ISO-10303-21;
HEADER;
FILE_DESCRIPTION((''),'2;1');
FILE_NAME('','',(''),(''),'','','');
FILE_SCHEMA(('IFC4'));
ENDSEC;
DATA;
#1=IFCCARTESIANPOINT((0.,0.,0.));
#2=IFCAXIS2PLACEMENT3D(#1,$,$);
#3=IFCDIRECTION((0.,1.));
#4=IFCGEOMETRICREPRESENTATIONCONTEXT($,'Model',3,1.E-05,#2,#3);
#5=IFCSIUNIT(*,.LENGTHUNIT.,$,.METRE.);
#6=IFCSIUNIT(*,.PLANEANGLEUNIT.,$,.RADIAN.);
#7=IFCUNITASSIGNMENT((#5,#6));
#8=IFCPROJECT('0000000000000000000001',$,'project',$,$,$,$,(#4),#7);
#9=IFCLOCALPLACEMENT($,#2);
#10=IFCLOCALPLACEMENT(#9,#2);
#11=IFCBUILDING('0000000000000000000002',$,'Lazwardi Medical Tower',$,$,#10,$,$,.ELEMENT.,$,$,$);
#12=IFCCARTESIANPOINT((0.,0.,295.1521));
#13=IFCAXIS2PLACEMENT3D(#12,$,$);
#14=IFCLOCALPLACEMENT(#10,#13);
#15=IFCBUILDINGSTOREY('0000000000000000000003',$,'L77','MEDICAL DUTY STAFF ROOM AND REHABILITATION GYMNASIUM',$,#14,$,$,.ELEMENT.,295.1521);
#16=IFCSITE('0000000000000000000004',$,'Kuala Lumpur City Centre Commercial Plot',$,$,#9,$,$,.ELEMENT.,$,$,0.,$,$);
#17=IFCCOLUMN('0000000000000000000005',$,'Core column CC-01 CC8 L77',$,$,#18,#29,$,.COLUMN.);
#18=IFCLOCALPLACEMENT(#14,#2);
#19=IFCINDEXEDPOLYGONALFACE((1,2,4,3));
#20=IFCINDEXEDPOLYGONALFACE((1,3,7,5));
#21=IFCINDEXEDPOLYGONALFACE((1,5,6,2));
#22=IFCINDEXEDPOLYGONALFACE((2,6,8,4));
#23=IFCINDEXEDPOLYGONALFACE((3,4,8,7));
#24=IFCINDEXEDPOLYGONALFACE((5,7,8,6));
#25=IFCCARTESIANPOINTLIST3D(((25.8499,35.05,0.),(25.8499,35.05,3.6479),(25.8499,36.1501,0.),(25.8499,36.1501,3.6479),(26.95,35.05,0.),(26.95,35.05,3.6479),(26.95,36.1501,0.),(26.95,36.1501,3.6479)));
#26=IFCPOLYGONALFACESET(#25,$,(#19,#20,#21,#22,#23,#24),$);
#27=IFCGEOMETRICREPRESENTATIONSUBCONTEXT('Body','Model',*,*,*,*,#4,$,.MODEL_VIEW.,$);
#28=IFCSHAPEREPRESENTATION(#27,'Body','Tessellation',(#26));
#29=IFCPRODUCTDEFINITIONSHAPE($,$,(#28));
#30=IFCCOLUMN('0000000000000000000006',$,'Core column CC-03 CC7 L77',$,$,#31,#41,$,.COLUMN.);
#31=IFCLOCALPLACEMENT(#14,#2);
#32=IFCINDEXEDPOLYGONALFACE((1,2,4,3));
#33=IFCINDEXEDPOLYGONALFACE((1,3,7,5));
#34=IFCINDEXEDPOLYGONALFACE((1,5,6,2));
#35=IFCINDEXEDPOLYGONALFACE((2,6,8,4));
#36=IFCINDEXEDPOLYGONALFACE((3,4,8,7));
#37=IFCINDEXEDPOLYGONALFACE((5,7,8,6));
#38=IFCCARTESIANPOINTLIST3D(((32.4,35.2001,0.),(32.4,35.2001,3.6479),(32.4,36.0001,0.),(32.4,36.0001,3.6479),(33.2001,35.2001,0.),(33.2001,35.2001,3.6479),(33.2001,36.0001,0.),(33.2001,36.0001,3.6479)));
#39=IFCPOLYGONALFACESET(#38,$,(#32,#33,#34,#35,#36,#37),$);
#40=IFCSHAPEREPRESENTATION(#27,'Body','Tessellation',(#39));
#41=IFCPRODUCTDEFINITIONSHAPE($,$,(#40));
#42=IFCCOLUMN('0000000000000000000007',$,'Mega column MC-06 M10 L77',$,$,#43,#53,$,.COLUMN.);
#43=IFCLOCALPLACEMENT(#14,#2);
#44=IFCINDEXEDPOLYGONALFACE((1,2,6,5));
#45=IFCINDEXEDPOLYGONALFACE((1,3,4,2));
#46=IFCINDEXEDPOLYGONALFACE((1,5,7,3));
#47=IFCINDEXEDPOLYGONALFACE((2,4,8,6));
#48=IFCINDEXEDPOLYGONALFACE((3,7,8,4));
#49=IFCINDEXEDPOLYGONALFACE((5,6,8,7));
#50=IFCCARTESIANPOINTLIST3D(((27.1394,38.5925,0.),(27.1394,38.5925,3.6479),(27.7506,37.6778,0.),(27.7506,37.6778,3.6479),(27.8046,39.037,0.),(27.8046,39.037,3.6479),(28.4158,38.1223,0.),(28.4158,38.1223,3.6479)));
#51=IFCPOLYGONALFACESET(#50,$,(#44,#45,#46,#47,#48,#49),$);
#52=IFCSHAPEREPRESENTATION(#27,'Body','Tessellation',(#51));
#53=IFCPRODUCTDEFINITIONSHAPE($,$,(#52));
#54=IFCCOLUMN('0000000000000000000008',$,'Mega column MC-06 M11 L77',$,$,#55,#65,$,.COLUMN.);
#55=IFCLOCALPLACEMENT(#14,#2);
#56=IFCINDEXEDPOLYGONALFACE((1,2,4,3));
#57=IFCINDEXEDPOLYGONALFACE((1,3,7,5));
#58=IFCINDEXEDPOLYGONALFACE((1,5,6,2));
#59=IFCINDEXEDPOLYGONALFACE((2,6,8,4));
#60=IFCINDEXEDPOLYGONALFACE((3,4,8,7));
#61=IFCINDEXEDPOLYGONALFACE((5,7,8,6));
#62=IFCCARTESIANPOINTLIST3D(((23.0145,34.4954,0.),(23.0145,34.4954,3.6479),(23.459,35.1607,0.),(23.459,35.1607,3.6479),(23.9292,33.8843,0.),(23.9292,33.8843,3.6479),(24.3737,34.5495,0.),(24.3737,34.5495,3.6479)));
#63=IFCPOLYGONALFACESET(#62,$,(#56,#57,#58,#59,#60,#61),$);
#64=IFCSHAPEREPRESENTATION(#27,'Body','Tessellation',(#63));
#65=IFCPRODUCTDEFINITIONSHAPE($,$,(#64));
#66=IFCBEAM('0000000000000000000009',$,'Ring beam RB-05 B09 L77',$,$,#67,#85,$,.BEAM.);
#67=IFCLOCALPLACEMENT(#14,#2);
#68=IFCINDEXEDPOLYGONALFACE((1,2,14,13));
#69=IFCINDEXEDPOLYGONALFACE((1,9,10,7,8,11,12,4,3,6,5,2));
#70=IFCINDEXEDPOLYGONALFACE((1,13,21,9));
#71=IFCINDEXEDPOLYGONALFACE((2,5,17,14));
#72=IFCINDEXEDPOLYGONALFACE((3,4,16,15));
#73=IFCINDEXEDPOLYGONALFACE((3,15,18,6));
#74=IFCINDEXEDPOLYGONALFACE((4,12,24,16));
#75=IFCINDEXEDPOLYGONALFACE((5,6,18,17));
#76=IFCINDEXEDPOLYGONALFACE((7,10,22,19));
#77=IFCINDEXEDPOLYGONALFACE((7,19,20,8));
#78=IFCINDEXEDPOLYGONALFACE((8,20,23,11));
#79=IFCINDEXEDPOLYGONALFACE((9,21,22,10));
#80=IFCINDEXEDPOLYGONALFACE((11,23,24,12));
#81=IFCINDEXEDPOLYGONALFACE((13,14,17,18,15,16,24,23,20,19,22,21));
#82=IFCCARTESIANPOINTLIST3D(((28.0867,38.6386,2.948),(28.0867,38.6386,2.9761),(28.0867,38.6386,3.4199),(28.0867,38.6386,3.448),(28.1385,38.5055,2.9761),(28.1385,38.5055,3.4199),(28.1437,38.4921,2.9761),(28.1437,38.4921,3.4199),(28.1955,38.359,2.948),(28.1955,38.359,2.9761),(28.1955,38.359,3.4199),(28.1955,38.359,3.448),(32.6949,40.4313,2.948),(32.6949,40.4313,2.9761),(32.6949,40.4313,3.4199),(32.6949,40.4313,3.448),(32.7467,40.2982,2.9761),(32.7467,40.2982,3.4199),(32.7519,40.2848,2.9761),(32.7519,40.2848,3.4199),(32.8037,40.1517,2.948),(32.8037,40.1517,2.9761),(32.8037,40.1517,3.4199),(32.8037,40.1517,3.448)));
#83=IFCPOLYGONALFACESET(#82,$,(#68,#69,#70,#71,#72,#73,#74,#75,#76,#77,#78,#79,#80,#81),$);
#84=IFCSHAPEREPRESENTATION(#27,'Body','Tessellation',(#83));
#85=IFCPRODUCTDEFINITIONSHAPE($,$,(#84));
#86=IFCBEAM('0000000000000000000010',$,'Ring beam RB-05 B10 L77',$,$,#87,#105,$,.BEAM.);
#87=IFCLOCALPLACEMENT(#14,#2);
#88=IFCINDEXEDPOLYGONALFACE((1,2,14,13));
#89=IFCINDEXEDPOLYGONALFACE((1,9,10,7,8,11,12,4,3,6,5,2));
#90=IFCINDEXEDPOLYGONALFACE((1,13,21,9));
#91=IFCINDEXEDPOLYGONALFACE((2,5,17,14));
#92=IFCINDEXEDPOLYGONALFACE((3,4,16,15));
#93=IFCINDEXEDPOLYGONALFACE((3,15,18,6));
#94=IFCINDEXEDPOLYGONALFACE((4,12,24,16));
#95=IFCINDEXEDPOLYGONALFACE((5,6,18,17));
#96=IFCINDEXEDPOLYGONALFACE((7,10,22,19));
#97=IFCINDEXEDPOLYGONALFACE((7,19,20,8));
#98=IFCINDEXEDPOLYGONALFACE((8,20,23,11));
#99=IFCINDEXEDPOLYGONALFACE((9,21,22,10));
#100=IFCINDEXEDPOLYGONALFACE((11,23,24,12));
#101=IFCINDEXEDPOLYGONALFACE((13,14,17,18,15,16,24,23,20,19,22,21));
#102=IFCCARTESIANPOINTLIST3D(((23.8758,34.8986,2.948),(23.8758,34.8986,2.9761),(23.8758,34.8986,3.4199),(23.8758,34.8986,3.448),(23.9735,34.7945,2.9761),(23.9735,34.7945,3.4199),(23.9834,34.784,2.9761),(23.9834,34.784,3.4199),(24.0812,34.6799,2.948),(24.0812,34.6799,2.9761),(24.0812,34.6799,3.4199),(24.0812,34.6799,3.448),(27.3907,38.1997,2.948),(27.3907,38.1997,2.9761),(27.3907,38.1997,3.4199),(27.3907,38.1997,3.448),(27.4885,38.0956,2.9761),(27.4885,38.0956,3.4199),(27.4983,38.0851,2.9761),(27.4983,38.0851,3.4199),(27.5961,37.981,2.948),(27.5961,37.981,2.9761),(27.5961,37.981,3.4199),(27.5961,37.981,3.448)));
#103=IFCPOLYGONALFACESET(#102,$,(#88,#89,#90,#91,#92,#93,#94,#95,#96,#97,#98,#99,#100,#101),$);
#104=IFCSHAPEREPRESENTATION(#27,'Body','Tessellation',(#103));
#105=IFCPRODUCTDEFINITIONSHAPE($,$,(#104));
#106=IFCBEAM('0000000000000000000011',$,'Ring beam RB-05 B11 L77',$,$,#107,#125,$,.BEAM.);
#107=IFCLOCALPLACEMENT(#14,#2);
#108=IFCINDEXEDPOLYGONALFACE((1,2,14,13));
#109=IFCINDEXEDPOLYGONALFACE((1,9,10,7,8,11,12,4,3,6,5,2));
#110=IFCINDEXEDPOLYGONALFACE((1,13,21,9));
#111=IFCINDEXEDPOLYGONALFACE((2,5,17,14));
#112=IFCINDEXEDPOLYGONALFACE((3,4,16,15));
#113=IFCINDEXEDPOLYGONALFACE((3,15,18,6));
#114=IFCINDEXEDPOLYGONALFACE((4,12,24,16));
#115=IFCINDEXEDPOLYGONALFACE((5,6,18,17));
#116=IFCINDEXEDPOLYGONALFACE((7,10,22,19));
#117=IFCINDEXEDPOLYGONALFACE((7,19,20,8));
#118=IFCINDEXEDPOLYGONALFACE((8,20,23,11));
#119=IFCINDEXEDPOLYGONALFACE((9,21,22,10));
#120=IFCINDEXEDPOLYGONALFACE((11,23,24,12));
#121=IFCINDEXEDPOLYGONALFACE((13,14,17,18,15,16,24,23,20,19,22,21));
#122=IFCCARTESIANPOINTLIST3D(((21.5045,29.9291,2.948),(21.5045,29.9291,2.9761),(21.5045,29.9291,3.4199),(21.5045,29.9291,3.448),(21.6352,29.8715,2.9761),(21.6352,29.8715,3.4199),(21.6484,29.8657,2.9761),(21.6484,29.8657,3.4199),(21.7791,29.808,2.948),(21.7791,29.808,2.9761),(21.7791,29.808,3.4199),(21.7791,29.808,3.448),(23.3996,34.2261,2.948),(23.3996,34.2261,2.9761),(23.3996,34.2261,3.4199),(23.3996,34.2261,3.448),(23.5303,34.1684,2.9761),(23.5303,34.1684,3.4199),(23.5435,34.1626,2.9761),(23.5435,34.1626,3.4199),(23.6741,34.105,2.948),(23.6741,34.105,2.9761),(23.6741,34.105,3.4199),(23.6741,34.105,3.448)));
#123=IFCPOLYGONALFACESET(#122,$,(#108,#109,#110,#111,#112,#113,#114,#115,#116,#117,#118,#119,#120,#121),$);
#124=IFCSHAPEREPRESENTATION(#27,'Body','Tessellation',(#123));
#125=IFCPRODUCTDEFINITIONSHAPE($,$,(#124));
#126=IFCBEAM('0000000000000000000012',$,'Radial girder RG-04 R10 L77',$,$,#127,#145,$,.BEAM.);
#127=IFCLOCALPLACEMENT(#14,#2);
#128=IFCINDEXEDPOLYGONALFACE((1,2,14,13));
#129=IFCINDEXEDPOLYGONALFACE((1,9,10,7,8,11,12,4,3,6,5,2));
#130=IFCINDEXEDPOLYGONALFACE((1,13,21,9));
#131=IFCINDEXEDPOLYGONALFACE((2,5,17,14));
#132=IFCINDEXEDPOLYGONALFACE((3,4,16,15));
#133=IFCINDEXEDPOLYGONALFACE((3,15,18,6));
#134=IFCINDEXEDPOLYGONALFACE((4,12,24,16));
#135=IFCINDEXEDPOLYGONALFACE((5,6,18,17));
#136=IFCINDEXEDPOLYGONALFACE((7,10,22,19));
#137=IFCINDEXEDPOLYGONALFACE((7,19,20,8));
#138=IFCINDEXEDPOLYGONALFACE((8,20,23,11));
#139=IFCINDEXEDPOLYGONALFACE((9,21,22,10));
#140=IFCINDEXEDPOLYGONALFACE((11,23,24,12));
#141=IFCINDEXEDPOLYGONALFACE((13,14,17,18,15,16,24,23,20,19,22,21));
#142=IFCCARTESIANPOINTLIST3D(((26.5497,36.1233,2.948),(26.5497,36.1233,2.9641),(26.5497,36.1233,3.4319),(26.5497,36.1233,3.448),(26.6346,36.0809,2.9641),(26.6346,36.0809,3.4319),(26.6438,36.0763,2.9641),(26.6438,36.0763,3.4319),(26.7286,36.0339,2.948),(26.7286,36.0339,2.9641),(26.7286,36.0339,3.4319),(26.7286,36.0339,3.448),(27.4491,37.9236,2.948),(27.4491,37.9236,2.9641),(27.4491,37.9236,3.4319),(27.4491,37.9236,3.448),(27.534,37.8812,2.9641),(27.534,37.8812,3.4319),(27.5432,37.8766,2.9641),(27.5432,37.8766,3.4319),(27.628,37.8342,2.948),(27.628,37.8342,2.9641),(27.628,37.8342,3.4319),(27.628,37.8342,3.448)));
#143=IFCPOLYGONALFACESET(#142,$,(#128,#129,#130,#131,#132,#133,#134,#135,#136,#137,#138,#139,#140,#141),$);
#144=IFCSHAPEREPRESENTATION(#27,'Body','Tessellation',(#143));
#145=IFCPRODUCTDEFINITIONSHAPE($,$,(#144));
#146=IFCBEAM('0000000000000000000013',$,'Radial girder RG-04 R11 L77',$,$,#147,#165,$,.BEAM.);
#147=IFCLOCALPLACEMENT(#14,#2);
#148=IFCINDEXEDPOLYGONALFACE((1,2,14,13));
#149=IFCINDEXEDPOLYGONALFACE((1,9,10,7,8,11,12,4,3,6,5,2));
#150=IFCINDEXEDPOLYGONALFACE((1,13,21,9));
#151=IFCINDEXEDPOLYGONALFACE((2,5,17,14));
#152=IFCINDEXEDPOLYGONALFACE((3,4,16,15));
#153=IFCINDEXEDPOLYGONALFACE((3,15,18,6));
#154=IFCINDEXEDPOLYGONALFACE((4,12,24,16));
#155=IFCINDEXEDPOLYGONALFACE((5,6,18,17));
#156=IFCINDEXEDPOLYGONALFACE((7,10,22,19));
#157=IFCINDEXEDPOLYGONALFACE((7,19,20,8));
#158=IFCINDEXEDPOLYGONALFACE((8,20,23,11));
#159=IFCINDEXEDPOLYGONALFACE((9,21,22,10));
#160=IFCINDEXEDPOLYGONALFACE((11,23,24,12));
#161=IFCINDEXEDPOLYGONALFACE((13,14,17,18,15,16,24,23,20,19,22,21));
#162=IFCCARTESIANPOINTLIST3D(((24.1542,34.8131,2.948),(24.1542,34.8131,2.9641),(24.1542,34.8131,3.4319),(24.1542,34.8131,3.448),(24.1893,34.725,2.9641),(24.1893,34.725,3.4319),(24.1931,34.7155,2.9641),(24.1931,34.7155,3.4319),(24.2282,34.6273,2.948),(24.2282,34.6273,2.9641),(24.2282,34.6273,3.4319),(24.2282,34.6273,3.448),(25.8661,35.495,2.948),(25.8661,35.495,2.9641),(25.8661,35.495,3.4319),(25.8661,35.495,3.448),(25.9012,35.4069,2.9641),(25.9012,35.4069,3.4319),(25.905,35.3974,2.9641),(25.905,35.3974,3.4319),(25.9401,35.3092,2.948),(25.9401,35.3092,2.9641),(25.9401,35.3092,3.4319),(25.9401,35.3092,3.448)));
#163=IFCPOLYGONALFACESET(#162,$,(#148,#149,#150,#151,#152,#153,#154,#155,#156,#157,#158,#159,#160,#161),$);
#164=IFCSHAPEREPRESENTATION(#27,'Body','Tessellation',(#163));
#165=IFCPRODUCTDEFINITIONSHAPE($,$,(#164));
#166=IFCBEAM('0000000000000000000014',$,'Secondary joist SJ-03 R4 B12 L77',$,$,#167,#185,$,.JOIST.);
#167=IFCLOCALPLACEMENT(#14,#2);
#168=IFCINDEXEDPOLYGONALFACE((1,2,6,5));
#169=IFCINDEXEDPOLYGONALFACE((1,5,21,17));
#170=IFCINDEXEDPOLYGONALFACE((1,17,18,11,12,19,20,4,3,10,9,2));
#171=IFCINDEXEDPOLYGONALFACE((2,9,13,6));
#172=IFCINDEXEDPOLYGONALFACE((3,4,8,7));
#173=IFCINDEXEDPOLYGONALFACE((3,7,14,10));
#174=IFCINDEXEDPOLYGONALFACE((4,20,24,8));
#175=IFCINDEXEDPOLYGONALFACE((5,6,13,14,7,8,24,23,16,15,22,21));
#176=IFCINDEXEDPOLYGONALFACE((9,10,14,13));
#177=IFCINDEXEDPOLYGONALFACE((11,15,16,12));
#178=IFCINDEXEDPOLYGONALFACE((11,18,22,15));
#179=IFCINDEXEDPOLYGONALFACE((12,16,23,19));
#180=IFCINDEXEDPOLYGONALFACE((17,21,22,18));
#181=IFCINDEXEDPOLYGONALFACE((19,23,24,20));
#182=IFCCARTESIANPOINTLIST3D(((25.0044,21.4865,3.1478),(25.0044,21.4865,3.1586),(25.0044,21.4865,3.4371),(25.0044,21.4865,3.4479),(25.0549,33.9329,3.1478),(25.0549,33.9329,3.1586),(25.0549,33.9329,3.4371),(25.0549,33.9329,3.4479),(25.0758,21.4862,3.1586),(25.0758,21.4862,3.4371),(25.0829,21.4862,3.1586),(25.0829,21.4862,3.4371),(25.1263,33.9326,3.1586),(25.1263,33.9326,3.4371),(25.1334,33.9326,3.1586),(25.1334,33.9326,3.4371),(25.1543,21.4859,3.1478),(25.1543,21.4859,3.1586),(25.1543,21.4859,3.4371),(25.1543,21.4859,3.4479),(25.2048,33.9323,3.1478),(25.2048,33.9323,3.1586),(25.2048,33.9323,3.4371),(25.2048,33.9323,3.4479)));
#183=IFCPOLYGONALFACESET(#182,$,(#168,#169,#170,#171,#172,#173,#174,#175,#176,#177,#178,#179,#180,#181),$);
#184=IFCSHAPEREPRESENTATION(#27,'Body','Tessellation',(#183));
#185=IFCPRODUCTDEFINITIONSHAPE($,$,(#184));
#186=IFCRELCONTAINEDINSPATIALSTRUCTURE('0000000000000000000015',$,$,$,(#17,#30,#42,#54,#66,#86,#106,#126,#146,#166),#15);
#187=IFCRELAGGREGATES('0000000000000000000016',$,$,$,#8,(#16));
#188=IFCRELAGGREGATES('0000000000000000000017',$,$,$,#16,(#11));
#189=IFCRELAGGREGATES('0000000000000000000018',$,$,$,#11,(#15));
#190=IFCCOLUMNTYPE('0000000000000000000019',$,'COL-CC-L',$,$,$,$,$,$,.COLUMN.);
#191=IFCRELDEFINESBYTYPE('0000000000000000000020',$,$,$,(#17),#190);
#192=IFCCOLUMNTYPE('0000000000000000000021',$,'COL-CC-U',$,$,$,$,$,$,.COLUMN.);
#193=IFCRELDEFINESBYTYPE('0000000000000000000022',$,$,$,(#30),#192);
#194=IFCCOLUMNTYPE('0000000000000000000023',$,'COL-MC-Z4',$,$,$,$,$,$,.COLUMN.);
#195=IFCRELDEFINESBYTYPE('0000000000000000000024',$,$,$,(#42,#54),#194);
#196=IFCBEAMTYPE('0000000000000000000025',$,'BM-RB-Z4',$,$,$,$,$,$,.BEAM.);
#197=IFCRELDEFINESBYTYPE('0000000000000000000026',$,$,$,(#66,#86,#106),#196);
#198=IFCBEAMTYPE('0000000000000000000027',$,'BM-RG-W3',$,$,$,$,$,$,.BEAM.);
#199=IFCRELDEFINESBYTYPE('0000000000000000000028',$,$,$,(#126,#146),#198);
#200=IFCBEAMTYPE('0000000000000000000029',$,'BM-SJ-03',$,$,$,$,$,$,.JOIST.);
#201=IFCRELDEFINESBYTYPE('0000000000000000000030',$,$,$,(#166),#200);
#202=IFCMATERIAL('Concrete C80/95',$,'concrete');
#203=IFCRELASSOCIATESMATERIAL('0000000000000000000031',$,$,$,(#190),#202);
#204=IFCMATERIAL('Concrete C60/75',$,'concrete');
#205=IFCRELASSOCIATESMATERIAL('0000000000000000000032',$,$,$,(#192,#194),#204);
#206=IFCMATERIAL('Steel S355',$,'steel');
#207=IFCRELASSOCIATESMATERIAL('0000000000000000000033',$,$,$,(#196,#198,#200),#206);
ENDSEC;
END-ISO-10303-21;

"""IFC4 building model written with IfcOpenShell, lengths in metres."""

from ifc_helpers import new_model, si_unit, direction, frame, origin, origin_2d, place, context, subcontext, project, spatial, rectangle, i_section, extrude, material, material_profile, profile_set, type_object, element, save


model = new_model("IFC4")

# Units and contexts
model_context = context("Model", 3, precision=1e-05, world=origin(), true_north=direction((0.0, 1.0)))
body_context = subcontext(model_context, "Body", "Model", "MODEL_VIEW")
ifc_project = project(units=[si_unit("LENGTHUNIT", "METRE"), si_unit("PLANEANGLEUNIT", "RADIAN")], contexts=[model_context])

# Site, building, storey
site_placement = place(None, origin())
site = spatial("IfcSite", under=ifc_project, at=site_placement, Name="Kuala Lumpur City Centre Commercial Plot", CompositionType="ELEMENT", RefElevation=0.0)
building_placement = place(site_placement, origin())
building = spatial("IfcBuilding", under=site, at=building_placement, Name="Lazwardi Medical Tower", CompositionType="ELEMENT")
storey_placement = place(building_placement, frame((0.0, 0.0, 295.1521)))
storey = spatial("IfcBuildingStorey", under=building, at=storey_placement, Name="L77", Description="MEDICAL DUTY STAFF ROOM AND REHABILITATION GYMNASIUM", CompositionType="ELEMENT", Elevation=295.1521)

# Columns
ifc_material_1 = material(Name="Concrete C80/95", Category="concrete")
ifc_material_profile_1 = material_profile(ifc_material_1, rectangle(XDim=1.1001, YDim=1.1001, at=origin_2d()), Name="RC 1100x1100")
ifc_profile_set_1 = profile_set([ifc_material_profile_1], Name="Concrete C80/95")
column_type_1 = type_object("IfcColumnType", Name="COL-CC-L", PredefinedType="COLUMN", material=ifc_profile_set_1)
column_1_placement = place(storey_placement, frame((26.3999, 35.6001, 0.0), z_axis=(0.0, 0.0, 1.0), x_axis=(1.0, 0.0, 0.0)))
element("IfcColumn", 1, at=column_1_placement, inside=storey, type_object=column_type_1, Name="Core column CC-01 CC8 L77", PredefinedType="COLUMN", context=body_context, shape_type="SweptSolid", body=[
    extrude(rectangle(XDim=1.1001, YDim=1.1001, at=origin_2d()), origin(), (0.0, 0.0, 1.0), 3.6479),
])
ifc_material_2 = material(Name="Concrete C60/75", Category="concrete")
ifc_material_profile_2 = material_profile(ifc_material_2, rectangle(XDim=0.8, YDim=0.8, at=origin_2d()), Name="RC 800x800")
ifc_profile_set_2 = profile_set([ifc_material_profile_2], Name="Concrete C60/75")
column_type_2 = type_object("IfcColumnType", Name="COL-CC-U", PredefinedType="COLUMN", material=ifc_profile_set_2)
column_2_placement = place(storey_placement, frame((32.8, 35.6001, 0.0), z_axis=(0.0, 0.0, 1.0), x_axis=(1.0, 0.0, 0.0)))
element("IfcColumn", 2, at=column_2_placement, inside=storey, type_object=column_type_2, Name="Core column CC-03 CC7 L77", PredefinedType="COLUMN", context=body_context, shape_type="SweptSolid", body=[
    extrude(rectangle(XDim=0.8, YDim=0.8, at=origin_2d()), origin(), (0.0, 0.0, 1.0), 3.6479),
])
ifc_material_profile_3 = material_profile(ifc_material_2, rectangle(XDim=1.1001, YDim=0.8, at=origin_2d()), Name="CFT-RECT 1100x800")
ifc_profile_set_3 = profile_set([ifc_material_profile_3], Name="Concrete C60/75")
column_type_3 = type_object("IfcColumnType", Name="COL-MC-Z4", PredefinedType="COLUMN", material=ifc_profile_set_3)
for number, where, z_axis, x_axis, name in (
    (3, (27.7776, 38.3574, 0.0), (0.0, 0.0, 1.0), (-0.55557, 0.83147, 0.0), "Mega column MC-06 M10 L77"),
    (4, (23.6941, 34.5225, 0.0), (0.0, 0.0, 1.0), (-0.83147, 0.55557, 0.0), "Mega column MC-06 M11 L77"),
):
    element("IfcColumn", number, at=place(storey_placement, frame(where, z_axis=z_axis, x_axis=x_axis)), inside=storey, type_object=column_type_3, Name=name, PredefinedType="COLUMN", context=body_context, shape_type="SweptSolid", body=[
        extrude(rectangle(XDim=1.1001, YDim=0.8, at=origin_2d()), origin(), (0.0, 0.0, 1.0), 3.6479),
    ])

# Beams
ifc_material_3 = material(Name="Steel S355", Category="steel")
ifc_material_profile_4 = material_profile(ifc_material_3, i_section(OverallWidth=0.3, OverallDepth=0.5, WebThickness=0.0144, FlangeThickness=0.0281, at=origin_2d()), Name="HEB 500")
ifc_profile_set_4 = profile_set([ifc_material_profile_4], Name="Steel S355")
beam_type_1 = type_object("IfcBeamType", Name="BM-RB-Z4", PredefinedType="BEAM", material=ifc_profile_set_4)
beam_1_placement = place(storey_placement, frame((32.7493, 40.2915, 3.198), z_axis=(-0.931959, -0.362563, 0.0), x_axis=(0.362563, -0.931959, 0.0)))
element("IfcBeam", 5, at=beam_1_placement, inside=storey, type_object=beam_type_1, Name="Ring beam RB-05 B09 L77", PredefinedType="BEAM", context=body_context, shape_type="SweptSolid", body=[
    extrude(i_section(OverallWidth=0.3, OverallDepth=0.5, WebThickness=0.0144, FlangeThickness=0.0281, at=origin_2d()), origin(), (0.0, 0.0, 1.0), 4.9446),
])
beam_2_placement = place(storey_placement, frame((27.4934, 38.0903, 3.198), z_axis=(-0.728935, -0.684583, 0.0), x_axis=(0.684583, -0.728935, 0.0)))
element("IfcBeam", 6, at=beam_2_placement, inside=storey, type_object=beam_type_1, Name="Ring beam RB-05 B10 L77", PredefinedType="BEAM", context=body_context, shape_type="SweptSolid", body=[
    extrude(i_section(OverallWidth=0.3, OverallDepth=0.5, WebThickness=0.0144, FlangeThickness=0.0281, at=origin_2d()), origin(), (0.0, 0.0, 1.0), 4.822),
])
beam_3_placement = place(storey_placement, frame((23.5369, 34.1655, 3.198), z_axis=(-0.403522, -0.91497, 0.0), x_axis=(0.91497, -0.403522, 0.0)))
element("IfcBeam", 7, at=beam_3_placement, inside=storey, type_object=beam_type_1, Name="Ring beam RB-05 B11 L77", PredefinedType="BEAM", context=body_context, shape_type="SweptSolid", body=[
    extrude(i_section(OverallWidth=0.3, OverallDepth=0.5, WebThickness=0.0144, FlangeThickness=0.0281, at=origin_2d()), origin(), (0.0, 0.0, 1.0), 4.6963),
])
ifc_material_profile_5 = material_profile(ifc_material_3, i_section(OverallWidth=0.2, OverallDepth=0.5, WebThickness=0.0103, FlangeThickness=0.0161, at=origin_2d()), Name="IPE 500")
ifc_profile_set_5 = profile_set([ifc_material_profile_5], Name="Steel S355")
beam_type_2 = type_object("IfcBeamType", Name="BM-RG-W3", PredefinedType="BEAM", material=ifc_profile_set_5)
beam_4_placement = place(storey_placement, frame((27.5386, 37.8789, 3.198), z_axis=(-0.446922, -0.894573, 0.0), x_axis=(0.894573, -0.446922, 0.0)))
element("IfcBeam", 8, at=beam_4_placement, inside=storey, type_object=beam_type_2, Name="Radial girder RG-04 R10 L77", PredefinedType="BEAM", context=body_context, shape_type="SweptSolid", body=[
    extrude(i_section(OverallWidth=0.2, OverallDepth=0.5, WebThickness=0.0103, FlangeThickness=0.0161, at=origin_2d()), origin(), (0.0, 0.0, 1.0), 2.0125),
])
beam_5_placement = place(storey_placement, frame((24.1912, 34.7202, 3.198), z_axis=(0.929015, 0.370043, 0.0), x_axis=(-0.370043, 0.929015, 0.0)))
element("IfcBeam", 9, at=beam_5_placement, inside=storey, type_object=beam_type_2, Name="Radial girder RG-04 R11 L77", PredefinedType="BEAM", context=body_context, shape_type="SweptSolid", body=[
    extrude(i_section(OverallWidth=0.2, OverallDepth=0.5, WebThickness=0.0103, FlangeThickness=0.0161, at=origin_2d()), origin(), (0.0, 0.0, 1.0), 1.8428),
])
ifc_material_profile_6 = material_profile(ifc_material_3, i_section(OverallWidth=0.1499, OverallDepth=0.3, WebThickness=0.0071, FlangeThickness=0.0107, at=origin_2d()), Name="IPE 300")
ifc_profile_set_6 = profile_set([ifc_material_profile_6], Name="Steel S355")
beam_type_3 = type_object("IfcBeamType", Name="BM-SJ-03", PredefinedType="JOIST", material=ifc_profile_set_6)
beam_6_placement = place(storey_placement, frame((25.1299, 33.9326, 3.2979), z_axis=(-0.00406, -0.999992, 0.0), x_axis=(0.999992, -0.00406, 0.0)))
element("IfcBeam", 10, at=beam_6_placement, inside=storey, type_object=beam_type_3, Name="Secondary joist SJ-03 R4 B12 L77", PredefinedType="JOIST", context=body_context, shape_type="SweptSolid", body=[
    extrude(i_section(OverallWidth=0.1499, OverallDepth=0.3, WebThickness=0.0071, FlangeThickness=0.0107, at=origin_2d()), origin(), (0.0, 0.0, 1.0), 12.4465),
])

save(model, "model.ifc")
